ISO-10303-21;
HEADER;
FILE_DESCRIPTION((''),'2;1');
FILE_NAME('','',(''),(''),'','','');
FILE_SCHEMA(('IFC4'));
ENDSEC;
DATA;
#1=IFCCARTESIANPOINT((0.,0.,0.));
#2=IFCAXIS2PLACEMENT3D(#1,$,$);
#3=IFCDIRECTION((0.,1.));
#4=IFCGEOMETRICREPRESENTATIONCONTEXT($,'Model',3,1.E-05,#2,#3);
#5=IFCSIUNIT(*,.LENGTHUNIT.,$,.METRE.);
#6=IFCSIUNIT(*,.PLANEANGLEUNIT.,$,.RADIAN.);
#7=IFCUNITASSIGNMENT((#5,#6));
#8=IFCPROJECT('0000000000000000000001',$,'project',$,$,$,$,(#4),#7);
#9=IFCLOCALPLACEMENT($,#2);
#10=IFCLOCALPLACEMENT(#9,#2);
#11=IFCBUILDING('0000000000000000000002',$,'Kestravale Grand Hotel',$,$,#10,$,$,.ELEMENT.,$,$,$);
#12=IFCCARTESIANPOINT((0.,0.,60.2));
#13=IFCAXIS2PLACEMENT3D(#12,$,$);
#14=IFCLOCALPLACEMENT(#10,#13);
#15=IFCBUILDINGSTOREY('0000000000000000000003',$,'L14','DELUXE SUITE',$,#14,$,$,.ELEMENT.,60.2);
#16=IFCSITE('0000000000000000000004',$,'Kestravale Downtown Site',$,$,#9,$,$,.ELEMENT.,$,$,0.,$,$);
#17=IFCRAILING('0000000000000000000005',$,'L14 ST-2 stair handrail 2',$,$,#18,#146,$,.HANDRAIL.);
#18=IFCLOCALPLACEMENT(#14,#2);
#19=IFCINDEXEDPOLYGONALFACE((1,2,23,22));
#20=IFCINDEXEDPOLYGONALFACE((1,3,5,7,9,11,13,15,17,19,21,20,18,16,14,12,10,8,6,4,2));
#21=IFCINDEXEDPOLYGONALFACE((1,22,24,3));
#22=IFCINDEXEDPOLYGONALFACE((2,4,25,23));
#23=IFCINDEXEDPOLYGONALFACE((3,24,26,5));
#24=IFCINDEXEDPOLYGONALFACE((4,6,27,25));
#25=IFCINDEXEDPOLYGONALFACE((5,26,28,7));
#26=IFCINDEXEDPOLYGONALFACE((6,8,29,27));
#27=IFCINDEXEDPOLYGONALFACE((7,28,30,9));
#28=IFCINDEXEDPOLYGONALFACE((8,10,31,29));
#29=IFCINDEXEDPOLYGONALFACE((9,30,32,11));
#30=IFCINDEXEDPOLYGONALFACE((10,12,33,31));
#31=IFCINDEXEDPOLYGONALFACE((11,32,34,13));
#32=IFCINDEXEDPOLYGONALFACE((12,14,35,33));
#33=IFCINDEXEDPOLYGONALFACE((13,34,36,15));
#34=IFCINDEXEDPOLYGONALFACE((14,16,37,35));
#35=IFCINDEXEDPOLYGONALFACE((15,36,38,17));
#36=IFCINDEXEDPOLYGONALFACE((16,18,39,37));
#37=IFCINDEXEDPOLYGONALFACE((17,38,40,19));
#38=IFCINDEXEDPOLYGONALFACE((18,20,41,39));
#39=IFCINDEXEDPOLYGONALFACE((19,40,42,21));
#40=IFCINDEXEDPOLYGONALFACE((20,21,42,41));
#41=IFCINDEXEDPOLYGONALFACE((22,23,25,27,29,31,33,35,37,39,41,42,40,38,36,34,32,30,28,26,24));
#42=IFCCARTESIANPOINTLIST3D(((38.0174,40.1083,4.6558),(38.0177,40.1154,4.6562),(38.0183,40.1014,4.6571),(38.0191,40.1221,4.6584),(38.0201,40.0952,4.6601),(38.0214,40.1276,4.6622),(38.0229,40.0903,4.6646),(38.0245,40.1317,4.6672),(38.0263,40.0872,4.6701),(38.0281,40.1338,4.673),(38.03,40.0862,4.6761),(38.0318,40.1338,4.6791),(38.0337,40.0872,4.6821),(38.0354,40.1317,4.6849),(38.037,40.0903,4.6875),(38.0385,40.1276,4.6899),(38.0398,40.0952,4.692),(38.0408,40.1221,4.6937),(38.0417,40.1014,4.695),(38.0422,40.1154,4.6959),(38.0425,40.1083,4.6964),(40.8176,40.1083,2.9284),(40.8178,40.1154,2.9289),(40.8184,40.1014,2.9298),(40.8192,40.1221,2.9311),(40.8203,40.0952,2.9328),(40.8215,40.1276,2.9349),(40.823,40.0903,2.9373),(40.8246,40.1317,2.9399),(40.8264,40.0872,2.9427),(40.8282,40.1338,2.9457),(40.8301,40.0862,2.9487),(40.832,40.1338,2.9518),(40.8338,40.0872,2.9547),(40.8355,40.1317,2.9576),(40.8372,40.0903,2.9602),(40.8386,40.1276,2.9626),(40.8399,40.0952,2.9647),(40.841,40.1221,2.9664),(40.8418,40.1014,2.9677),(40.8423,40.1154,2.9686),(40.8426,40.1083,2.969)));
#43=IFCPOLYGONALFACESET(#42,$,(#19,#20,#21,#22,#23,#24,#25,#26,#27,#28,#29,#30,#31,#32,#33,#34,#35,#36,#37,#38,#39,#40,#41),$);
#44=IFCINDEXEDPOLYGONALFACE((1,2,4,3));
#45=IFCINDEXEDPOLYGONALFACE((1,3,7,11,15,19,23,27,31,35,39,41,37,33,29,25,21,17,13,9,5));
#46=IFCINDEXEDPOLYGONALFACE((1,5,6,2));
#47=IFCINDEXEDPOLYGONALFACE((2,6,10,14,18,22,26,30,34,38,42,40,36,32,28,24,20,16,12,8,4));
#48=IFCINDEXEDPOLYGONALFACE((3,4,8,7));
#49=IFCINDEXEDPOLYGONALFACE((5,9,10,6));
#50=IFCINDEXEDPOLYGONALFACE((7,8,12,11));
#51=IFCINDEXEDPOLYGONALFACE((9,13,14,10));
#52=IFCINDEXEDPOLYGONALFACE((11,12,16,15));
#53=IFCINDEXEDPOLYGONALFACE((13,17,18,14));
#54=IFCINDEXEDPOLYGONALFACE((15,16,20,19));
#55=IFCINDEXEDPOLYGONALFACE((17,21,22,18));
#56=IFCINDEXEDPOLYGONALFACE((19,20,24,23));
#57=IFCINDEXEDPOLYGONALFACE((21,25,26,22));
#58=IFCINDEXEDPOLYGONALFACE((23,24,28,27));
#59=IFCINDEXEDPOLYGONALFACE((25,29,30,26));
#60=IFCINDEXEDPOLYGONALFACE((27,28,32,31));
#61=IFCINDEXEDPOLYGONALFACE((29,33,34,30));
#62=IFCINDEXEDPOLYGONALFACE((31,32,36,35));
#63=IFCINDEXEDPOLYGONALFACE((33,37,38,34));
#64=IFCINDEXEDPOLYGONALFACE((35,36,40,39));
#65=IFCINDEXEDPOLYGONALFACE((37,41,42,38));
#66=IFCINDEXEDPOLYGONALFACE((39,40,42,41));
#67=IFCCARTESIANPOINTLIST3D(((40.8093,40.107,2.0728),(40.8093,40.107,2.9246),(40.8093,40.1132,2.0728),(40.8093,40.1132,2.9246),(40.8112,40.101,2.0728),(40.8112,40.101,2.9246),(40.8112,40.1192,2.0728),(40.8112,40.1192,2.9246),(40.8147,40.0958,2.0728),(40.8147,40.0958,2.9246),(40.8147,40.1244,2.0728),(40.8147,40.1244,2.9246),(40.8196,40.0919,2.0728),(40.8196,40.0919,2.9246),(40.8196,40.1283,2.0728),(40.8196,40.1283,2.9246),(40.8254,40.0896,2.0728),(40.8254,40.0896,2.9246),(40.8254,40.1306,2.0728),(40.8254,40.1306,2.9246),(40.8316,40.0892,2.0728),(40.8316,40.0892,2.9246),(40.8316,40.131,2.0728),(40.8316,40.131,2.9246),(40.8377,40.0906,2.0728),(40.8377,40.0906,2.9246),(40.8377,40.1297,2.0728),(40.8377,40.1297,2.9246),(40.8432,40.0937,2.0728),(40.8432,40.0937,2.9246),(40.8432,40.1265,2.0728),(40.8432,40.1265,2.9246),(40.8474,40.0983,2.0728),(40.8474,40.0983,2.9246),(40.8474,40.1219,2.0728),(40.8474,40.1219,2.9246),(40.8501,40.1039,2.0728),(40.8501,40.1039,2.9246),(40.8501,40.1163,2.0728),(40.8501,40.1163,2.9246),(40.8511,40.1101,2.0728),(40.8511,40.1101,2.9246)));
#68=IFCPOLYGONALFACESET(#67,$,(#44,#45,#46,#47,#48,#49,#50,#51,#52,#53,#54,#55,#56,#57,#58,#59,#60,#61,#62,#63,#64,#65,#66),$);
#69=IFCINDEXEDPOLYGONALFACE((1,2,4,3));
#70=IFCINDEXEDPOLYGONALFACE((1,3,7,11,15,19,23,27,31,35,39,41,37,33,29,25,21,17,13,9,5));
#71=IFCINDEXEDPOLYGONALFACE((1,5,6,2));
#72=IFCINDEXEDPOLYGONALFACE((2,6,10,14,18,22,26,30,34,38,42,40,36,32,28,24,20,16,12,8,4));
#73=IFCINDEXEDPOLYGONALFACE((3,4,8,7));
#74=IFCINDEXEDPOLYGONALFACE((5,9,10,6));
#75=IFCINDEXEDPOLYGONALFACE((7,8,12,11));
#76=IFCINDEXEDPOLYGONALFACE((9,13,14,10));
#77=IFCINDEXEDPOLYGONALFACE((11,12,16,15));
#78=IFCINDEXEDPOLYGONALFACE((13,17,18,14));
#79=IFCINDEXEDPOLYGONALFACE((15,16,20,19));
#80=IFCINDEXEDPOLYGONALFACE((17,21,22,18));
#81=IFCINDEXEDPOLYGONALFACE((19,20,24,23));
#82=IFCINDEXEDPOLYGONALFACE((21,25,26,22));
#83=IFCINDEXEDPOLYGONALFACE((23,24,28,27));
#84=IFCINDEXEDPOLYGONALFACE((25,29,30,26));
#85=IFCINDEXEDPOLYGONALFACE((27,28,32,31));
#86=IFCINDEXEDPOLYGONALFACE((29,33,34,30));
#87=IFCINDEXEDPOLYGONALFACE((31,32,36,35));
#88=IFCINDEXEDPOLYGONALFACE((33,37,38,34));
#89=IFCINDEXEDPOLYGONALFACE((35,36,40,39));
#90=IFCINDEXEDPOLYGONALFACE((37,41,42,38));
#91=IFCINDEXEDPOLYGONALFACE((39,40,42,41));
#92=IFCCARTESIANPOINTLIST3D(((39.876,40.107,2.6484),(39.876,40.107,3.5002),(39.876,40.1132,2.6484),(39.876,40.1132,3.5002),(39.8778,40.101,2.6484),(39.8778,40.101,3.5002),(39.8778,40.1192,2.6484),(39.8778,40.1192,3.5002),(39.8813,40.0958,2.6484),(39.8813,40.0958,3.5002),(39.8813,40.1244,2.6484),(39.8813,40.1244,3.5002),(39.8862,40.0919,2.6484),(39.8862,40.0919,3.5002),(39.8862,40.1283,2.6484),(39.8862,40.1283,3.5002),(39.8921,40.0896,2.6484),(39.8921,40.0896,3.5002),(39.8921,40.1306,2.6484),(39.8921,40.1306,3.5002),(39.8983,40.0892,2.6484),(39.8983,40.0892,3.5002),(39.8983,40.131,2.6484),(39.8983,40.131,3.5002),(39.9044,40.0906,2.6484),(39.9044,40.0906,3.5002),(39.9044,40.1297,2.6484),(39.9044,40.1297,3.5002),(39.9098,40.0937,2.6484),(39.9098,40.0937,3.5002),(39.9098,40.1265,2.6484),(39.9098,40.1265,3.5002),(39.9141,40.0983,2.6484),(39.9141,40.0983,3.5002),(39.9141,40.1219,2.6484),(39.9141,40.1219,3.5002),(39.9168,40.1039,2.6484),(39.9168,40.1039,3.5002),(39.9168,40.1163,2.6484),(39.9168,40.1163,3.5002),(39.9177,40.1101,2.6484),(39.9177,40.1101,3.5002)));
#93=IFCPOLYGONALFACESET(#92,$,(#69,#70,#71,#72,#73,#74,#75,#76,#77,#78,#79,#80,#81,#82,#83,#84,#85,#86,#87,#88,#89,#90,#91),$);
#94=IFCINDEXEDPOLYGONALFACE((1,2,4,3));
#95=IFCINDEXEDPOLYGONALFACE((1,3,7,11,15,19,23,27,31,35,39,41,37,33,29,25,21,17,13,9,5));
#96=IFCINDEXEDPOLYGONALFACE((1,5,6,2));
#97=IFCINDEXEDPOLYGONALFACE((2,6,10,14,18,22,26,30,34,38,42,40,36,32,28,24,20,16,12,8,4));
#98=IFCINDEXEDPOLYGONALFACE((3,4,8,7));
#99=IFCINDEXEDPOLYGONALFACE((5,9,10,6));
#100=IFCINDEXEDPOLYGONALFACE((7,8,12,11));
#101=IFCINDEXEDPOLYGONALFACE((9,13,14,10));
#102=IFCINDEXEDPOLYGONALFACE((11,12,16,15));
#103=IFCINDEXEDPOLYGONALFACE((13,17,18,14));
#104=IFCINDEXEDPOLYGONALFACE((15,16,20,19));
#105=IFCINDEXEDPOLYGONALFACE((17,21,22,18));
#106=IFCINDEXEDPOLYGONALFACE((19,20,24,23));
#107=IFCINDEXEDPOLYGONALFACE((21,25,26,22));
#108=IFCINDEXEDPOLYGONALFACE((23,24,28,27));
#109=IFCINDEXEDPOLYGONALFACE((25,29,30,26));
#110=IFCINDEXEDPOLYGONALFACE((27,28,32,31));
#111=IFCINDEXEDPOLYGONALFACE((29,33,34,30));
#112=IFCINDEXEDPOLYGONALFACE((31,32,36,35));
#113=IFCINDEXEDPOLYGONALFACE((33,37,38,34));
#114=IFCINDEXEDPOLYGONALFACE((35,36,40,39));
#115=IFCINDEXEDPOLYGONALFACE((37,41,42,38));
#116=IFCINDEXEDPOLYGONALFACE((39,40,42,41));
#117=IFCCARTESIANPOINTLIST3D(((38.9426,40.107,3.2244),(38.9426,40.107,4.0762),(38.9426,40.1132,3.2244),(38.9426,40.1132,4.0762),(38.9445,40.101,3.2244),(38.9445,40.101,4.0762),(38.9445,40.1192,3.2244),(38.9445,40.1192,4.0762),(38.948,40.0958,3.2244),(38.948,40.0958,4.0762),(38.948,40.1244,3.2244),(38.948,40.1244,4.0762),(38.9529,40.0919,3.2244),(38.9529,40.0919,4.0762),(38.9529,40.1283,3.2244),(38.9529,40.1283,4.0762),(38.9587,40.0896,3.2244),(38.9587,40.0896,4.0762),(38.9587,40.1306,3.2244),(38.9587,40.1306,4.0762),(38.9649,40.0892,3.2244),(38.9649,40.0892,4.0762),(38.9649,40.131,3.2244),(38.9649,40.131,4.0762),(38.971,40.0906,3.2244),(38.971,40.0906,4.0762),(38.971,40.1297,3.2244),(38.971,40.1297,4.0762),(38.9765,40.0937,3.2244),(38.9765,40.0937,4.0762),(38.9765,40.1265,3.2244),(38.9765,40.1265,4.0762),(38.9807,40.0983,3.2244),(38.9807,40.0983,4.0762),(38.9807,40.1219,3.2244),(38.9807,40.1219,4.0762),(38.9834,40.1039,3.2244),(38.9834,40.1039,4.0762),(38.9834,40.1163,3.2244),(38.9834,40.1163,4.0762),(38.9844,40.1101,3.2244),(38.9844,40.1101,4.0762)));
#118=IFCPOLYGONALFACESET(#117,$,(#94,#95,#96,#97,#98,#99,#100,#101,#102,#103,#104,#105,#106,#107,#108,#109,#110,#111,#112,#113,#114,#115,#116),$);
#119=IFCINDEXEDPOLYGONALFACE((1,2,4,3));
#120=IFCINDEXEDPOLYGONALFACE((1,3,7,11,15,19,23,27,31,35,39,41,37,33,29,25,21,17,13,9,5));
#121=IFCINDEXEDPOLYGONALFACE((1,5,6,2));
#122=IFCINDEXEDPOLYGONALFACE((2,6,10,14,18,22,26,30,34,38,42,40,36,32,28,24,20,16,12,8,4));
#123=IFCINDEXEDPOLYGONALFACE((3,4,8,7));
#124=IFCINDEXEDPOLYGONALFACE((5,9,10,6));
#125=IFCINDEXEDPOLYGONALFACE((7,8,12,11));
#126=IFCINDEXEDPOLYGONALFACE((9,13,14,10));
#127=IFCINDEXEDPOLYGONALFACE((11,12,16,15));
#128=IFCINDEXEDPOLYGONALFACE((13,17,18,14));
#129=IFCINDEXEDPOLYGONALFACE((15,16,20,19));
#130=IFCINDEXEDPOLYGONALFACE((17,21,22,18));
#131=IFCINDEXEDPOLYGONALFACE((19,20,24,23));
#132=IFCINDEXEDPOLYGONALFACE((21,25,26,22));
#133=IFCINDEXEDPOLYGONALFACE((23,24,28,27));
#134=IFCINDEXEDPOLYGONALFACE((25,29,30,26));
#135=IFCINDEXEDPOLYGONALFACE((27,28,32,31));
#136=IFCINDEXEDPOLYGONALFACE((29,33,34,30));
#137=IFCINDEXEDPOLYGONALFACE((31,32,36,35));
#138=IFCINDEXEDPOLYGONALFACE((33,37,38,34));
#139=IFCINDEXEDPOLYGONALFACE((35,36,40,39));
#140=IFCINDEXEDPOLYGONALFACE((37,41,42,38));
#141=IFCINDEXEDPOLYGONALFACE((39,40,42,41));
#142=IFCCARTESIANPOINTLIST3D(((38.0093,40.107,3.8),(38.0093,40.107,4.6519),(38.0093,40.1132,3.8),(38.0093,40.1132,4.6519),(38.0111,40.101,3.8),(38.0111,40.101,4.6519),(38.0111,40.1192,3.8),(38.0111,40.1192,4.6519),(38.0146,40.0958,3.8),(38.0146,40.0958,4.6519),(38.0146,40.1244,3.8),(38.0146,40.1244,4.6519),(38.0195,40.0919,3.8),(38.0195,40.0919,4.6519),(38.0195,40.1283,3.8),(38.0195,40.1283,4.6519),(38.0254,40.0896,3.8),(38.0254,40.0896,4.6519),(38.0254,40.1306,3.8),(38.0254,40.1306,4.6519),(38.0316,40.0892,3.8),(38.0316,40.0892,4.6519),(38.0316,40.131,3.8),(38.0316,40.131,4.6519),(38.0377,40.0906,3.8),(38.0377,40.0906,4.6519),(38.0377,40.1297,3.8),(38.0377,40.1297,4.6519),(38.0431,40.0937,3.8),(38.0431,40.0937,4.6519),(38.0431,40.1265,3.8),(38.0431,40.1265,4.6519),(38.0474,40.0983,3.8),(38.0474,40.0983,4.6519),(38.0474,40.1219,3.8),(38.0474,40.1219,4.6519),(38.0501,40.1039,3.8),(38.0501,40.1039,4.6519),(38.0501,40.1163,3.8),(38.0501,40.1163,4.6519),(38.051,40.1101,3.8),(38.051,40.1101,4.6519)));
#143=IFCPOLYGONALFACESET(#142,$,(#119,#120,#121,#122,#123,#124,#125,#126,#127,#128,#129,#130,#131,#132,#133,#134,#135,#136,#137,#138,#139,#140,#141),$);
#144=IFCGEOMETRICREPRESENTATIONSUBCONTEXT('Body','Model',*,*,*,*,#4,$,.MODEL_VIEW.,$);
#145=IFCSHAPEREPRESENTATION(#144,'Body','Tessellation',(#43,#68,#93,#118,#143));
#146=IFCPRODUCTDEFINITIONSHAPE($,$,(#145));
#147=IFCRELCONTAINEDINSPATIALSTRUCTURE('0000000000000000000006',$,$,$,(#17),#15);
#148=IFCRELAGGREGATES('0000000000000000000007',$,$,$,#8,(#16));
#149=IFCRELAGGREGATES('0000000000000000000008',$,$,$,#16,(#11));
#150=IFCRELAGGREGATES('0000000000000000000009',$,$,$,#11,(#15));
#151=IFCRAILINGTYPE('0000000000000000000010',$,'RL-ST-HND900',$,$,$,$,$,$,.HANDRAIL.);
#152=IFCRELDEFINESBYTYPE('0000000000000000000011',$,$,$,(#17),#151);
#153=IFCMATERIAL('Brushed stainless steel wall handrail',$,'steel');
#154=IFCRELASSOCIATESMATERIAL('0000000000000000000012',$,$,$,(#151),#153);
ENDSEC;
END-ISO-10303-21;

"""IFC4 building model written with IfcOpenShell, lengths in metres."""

from ifc_helpers import new_model, si_unit, direction, frame, origin, origin_2d, place, context, subcontext, project, spatial, circle, extrude, material, type_object, element, save


model = new_model("IFC4")

# Units and contexts
model_context = context("Model", 3, precision=1e-05, world=origin(), true_north=direction((0.0, 1.0)))
body_context = subcontext(model_context, "Body", "Model", "MODEL_VIEW")
ifc_project = project(units=[si_unit("LENGTHUNIT", "METRE"), si_unit("PLANEANGLEUNIT", "RADIAN")], contexts=[model_context])

# Site, building, storey
site_placement = place(None, origin())
site = spatial("IfcSite", under=ifc_project, at=site_placement, Name="Kestravale Downtown Site", CompositionType="ELEMENT", RefElevation=0.0)
building_placement = place(site_placement, origin())
building = spatial("IfcBuilding", under=site, at=building_placement, Name="Kestravale Grand Hotel", CompositionType="ELEMENT")
storey_placement = place(building_placement, frame((0.0, 0.0, 60.2)))
storey = spatial("IfcBuildingStorey", under=building, at=storey_placement, Name="L14", Description="DELUXE SUITE", CompositionType="ELEMENT", Elevation=60.2)

# Railing
ifc_material_1 = material(Name="Brushed stainless steel wall handrail", Category="steel")
railing_type_1 = type_object("IfcRailingType", Name="RL-ST-HND900", PredefinedType="HANDRAIL", material=ifc_material_1)
railing_1_placement = place(storey_placement, frame((40.8301, 40.1101, 2.0728)))
element("IfcRailing", 1, at=railing_1_placement, inside=storey, type_object=railing_type_1, Name="L14 ST-2 stair handrail 2", PredefinedType="HANDRAIL", context=body_context, shape_type="SweptSolid", body=[
    extrude(circle(Radius=0.0239, at=origin_2d()), frame((0.0, 0.0, 0.876), z_axis=(-0.85109, 0.0, 0.52502), x_axis=(0.0, -1.0, 0.0)), (0.0, 0.0, 1.0), 3.29),
    extrude(circle(Radius=0.021, at=origin_2d()), origin(), (0.0, 0.0, 1.0), 0.8518),
    extrude(circle(Radius=0.021, at=origin_2d()), frame((-0.9333, 0.0, 0.5757)), (0.0, 0.0, 1.0), 0.8518),
    extrude(circle(Radius=0.021, at=origin_2d()), frame((-1.8667, 0.0, 1.1516)), (0.0, 0.0, 1.0), 0.8518),
    extrude(circle(Radius=0.021, at=origin_2d()), frame((-2.8, 0.0, 1.7273)), (0.0, 0.0, 1.0), 0.8518),
])

save(model, "model.ifc")
